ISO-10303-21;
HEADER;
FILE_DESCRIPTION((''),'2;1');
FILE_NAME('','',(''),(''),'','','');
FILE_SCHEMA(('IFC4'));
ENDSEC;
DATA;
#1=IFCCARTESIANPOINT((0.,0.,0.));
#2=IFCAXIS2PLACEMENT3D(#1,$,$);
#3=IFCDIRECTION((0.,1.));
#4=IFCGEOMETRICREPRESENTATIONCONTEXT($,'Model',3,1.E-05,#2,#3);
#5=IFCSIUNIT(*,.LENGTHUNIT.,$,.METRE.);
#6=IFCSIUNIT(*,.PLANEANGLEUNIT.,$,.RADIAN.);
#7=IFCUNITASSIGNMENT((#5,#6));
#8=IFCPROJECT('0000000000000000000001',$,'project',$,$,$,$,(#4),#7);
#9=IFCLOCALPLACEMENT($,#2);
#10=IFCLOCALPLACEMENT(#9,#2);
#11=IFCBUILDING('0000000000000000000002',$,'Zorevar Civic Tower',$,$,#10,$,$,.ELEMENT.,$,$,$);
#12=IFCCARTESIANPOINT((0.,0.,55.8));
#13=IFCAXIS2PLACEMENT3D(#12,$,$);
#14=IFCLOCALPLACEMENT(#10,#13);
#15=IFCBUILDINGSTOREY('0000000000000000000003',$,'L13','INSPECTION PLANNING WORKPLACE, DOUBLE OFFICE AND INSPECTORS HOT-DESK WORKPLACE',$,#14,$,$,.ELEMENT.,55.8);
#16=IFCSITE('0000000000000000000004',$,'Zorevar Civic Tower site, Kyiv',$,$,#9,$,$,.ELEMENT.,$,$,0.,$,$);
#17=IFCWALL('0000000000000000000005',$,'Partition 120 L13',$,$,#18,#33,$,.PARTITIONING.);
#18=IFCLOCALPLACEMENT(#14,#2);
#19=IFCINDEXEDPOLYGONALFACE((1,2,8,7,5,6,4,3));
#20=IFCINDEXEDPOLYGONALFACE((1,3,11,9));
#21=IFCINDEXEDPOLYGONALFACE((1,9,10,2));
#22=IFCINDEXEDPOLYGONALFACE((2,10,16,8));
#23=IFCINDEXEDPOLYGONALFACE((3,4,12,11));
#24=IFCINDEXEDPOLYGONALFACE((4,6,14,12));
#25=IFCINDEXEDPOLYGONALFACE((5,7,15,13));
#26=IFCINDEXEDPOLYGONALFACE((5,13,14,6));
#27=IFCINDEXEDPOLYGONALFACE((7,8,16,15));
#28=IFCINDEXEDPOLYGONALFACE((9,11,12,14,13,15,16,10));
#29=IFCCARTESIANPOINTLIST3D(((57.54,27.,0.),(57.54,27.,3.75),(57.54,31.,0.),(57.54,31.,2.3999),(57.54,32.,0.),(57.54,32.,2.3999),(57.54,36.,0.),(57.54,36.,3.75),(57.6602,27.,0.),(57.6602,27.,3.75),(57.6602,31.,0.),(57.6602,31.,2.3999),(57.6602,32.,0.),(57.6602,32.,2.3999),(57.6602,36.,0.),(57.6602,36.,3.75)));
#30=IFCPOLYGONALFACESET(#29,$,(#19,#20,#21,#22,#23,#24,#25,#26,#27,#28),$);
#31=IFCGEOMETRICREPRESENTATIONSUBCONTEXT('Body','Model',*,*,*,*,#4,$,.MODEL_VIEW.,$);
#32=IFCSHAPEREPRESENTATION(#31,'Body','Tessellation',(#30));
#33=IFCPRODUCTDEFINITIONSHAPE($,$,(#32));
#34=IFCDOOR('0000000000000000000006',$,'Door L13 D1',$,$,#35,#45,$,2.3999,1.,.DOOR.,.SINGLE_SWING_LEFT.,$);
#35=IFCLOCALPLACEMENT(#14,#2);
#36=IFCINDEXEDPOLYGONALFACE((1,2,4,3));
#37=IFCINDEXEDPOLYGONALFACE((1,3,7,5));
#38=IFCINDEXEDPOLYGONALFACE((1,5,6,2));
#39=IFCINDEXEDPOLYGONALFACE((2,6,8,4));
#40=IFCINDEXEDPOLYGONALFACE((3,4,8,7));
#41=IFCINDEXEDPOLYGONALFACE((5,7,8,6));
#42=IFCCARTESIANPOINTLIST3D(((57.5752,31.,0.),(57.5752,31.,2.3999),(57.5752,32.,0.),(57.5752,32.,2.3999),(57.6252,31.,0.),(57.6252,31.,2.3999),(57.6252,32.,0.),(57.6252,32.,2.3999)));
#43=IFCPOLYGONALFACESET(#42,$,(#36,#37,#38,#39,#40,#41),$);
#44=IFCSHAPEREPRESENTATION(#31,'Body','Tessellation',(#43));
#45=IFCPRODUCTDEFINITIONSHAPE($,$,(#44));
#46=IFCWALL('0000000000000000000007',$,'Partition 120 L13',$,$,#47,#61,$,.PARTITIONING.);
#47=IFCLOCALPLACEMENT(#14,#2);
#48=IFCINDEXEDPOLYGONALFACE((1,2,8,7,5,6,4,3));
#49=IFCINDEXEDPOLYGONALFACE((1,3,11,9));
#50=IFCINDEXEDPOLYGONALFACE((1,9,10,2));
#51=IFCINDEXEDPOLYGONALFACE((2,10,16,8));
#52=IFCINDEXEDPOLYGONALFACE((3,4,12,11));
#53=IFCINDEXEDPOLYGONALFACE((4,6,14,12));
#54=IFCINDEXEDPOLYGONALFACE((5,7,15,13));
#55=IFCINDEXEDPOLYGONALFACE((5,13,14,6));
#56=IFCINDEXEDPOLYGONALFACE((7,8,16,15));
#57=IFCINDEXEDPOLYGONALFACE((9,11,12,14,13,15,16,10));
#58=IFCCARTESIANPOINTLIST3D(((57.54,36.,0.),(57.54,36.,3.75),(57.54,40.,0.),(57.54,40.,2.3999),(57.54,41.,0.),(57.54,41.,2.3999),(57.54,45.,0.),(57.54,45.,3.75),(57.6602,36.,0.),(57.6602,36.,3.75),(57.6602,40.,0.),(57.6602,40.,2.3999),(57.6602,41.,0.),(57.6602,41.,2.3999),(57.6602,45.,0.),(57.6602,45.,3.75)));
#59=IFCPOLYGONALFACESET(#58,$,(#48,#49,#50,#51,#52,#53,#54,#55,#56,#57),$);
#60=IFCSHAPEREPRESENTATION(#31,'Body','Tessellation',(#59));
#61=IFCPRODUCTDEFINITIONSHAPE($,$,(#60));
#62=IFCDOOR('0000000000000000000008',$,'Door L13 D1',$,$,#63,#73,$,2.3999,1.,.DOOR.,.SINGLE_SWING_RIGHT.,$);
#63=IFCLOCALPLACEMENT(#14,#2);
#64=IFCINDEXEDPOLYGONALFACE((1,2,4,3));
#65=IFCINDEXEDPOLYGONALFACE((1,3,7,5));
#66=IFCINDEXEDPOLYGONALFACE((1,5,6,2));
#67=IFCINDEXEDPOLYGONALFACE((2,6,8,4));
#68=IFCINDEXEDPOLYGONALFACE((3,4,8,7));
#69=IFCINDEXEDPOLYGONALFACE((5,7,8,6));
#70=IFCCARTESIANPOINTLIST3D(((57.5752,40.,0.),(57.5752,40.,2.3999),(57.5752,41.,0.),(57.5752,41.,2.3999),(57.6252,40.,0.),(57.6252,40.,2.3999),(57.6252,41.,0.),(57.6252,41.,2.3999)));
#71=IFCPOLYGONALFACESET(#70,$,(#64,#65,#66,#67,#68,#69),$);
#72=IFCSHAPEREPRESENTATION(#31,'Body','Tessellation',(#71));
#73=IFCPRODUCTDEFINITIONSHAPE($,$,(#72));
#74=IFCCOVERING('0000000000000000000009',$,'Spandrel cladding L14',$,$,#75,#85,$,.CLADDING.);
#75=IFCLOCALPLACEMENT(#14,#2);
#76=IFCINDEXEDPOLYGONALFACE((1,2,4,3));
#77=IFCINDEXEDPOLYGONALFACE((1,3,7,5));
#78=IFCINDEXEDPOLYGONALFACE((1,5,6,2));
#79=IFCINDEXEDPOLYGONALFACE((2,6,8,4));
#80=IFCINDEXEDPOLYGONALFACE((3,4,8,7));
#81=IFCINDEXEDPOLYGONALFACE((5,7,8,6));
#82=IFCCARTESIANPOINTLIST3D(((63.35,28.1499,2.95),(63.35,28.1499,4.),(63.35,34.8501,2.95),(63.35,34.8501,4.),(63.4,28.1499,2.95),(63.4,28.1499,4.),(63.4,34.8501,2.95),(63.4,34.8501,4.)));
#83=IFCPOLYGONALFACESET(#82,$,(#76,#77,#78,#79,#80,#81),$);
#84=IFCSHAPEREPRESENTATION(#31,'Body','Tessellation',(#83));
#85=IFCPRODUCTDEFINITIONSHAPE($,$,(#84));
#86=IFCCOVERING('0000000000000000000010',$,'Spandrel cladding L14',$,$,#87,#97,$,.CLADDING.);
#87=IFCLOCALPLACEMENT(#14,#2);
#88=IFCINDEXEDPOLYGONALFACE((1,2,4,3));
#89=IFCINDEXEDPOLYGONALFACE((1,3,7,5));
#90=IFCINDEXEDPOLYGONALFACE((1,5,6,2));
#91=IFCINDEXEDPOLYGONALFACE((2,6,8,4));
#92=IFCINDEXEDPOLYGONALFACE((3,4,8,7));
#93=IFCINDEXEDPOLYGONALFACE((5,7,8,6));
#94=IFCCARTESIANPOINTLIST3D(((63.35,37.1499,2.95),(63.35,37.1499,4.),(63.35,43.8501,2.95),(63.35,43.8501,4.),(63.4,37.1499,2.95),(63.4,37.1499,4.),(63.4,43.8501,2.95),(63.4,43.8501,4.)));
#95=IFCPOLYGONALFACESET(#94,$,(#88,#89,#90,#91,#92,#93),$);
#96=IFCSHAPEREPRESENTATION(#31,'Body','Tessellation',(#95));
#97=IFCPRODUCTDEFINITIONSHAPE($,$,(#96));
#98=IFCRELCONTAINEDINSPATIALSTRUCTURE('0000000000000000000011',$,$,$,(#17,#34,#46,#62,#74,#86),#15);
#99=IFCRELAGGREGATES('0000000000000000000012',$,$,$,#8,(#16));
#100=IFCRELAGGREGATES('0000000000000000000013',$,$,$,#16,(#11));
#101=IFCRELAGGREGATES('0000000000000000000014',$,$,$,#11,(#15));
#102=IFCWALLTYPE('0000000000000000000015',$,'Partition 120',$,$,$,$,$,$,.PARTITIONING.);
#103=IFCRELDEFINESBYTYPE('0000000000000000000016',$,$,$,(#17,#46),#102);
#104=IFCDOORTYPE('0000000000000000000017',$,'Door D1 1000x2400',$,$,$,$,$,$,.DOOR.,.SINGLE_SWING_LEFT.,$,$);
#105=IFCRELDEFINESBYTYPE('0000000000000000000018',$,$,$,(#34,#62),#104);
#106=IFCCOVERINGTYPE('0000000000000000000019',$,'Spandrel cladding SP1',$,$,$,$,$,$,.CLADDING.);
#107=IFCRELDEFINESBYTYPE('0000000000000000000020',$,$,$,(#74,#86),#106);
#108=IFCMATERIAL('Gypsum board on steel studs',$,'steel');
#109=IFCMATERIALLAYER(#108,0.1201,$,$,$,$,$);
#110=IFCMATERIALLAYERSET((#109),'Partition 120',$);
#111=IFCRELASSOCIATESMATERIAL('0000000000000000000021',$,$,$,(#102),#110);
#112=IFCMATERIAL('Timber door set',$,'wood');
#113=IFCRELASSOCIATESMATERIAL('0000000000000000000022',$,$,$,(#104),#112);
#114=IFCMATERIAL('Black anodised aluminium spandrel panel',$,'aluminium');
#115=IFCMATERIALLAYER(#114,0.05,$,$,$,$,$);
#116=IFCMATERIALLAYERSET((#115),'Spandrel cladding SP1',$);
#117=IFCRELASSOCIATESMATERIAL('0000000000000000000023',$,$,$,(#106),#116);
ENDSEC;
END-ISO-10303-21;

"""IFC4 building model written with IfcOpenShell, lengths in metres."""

from ifc_helpers import new_model, si_unit, direction, frame, frame_2d, origin, place, context, subcontext, project, spatial, rectangle, extrude, material, layer, layer_set, type_object, element, fill, save


model = new_model("IFC4")

# Units and contexts
model_context = context("Model", 3, precision=1e-05, world=origin(), true_north=direction((0.0, 1.0)))
body_context = subcontext(model_context, "Body", "Model", "MODEL_VIEW")
ifc_project = project(units=[si_unit("LENGTHUNIT", "METRE"), si_unit("PLANEANGLEUNIT", "RADIAN")], contexts=[model_context])

# Site, building, storey
site_placement = place(None, origin())
site = spatial("IfcSite", under=ifc_project, at=site_placement, Name="Zorevar Civic Tower site, Kyiv", CompositionType="ELEMENT", RefElevation=0.0)
building_placement = place(site_placement, origin())
building = spatial("IfcBuilding", under=site, at=building_placement, Name="Zorevar Civic Tower", CompositionType="ELEMENT")
storey_placement = place(building_placement, frame((0.0, 0.0, 55.8)))
storey = spatial("IfcBuildingStorey", under=building, at=storey_placement, Name="L13", Description="INSPECTION PLANNING WORKPLACE, DOUBLE OFFICE AND INSPECTORS HOT-DESK WORKPLACE", CompositionType="ELEMENT", Elevation=55.8)

# Shared definitions
ifc_material_1 = material(Name="Gypsum board on steel studs", Category="steel")
ifc_layer_1 = layer(ifc_material_1, 0.1201)
ifc_layer_set_1 = layer_set([ifc_layer_1], Name="Partition 120")
wall_type_1 = type_object("IfcWallType", Name="Partition 120", PredefinedType="PARTITIONING", material=ifc_layer_set_1)

# Walls, openings, doors
wall_1_placement = place(storey_placement, frame((57.6001, 27.0, 0.0), z_axis=(0.0, 0.0, 1.0), x_axis=(0.0, 1.0, 0.0)))
wall_1 = element("IfcWall", 1, at=wall_1_placement, inside=storey, type_object=wall_type_1, Name="Partition 120 L13", PredefinedType="PARTITIONING", context=body_context, shape_type="SweptSolid", body=[
    extrude(rectangle(XDim=9.0, YDim=0.1201, at=frame_2d((4.5, 0.0))), origin(), (0.0, 0.0, 1.0), 3.75),
])
opening_1_placement = place(wall_1_placement, frame((4.0, 0.0, 0.0)))
opening_1 = element("IfcOpeningElement", 2, at=opening_1_placement, cuts=wall_1, PredefinedType="OPENING", context=body_context, shape_type="SweptSolid", body=[
    extrude(rectangle(XDim=1.0, YDim=2.3999, at=frame_2d((0.5, 1.2))), frame((0.0, 0.0701, 0.0), z_axis=(0.0, -1.0, 0.0), x_axis=(1.0, 0.0, 0.0)), (0.0, 0.0, 1.0), 0.1401),
])
ifc_material_2 = material(Name="Timber door set", Category="wood")
door_type = type_object("IfcDoorType", Name="Door D1 1000x2400", OperationType="SINGLE_SWING_LEFT", PredefinedType="DOOR", material=ifc_material_2)
door_1_placement = place(opening_1_placement, origin())
door_1 = element("IfcDoor", 3, at=door_1_placement, inside=storey, type_object=door_type, Name="Door L13 D1", OperationType="SINGLE_SWING_LEFT", OverallHeight=2.3999, OverallWidth=1.0, PredefinedType="DOOR", context=body_context, shape_type="SweptSolid", body=[
    extrude(rectangle(XDim=1.0, YDim=2.3999, at=frame_2d((0.5, 1.2))), frame((0.0, 0.0249, 0.0), z_axis=(0.0, -1.0, 0.0), x_axis=(1.0, 0.0, 0.0)), (0.0, 0.0, 1.0), 0.05),
])
fill(opening_1, door_1)
wall_2_placement = place(storey_placement, frame((57.6001, 36.0, 0.0), z_axis=(0.0, 0.0, 1.0), x_axis=(0.0, 1.0, 0.0)))
wall_2 = element("IfcWall", 4, at=wall_2_placement, inside=storey, type_object=wall_type_1, Name="Partition 120 L13", PredefinedType="PARTITIONING", context=body_context, shape_type="SweptSolid", body=[
    extrude(rectangle(XDim=9.0, YDim=0.1201, at=frame_2d((4.5, 0.0))), origin(), (0.0, 0.0, 1.0), 3.75),
])
opening_2_placement = place(wall_2_placement, frame((4.0, 0.0, 0.0)))
opening_2 = element("IfcOpeningElement", 5, at=opening_2_placement, cuts=wall_2, PredefinedType="OPENING", context=body_context, shape_type="SweptSolid", body=[
    extrude(rectangle(XDim=1.0, YDim=2.3999, at=frame_2d((0.5, 1.2))), frame((0.0, 0.0701, 0.0), z_axis=(0.0, -1.0, 0.0), x_axis=(1.0, 0.0, 0.0)), (0.0, 0.0, 1.0), 0.1401),
])
door_2_placement = place(opening_2_placement, origin())
door_2 = element("IfcDoor", 6, at=door_2_placement, inside=storey, type_object=door_type, Name="Door L13 D1", OperationType="SINGLE_SWING_RIGHT", OverallHeight=2.3999, OverallWidth=1.0, PredefinedType="DOOR", context=body_context, shape_type="SweptSolid", body=[
    extrude(rectangle(XDim=1.0, YDim=2.3999, at=frame_2d((0.5, 1.2))), frame((0.0, 0.0249, 0.0), z_axis=(0.0, -1.0, 0.0), x_axis=(1.0, 0.0, 0.0)), (0.0, 0.0, 1.0), 0.05),
])
fill(opening_2, door_2)

# Coverings
ifc_material_3 = material(Name="Black anodised aluminium spandrel panel", Category="aluminium")
ifc_layer_2 = layer(ifc_material_3, 0.05)
ifc_layer_set_2 = layer_set([ifc_layer_2], Name="Spandrel cladding SP1")
covering_type = type_object("IfcCoveringType", Name="Spandrel cladding SP1", PredefinedType="CLADDING", material=ifc_layer_set_2)
for number, where, z_axis, x_axis, name in (
    (7, (63.375, 28.1499, 2.95), (0.0, 0.0, 1.0), (0.0, 1.0, 0.0), "Spandrel cladding L14"),
    (8, (63.375, 37.1499, 2.95), (0.0, 0.0, 1.0), (0.0, 1.0, 0.0), "Spandrel cladding L14"),
):
    element("IfcCovering", number, at=place(storey_placement, frame(where, z_axis=z_axis, x_axis=x_axis)), inside=storey, type_object=covering_type, Name=name, PredefinedType="CLADDING", context=body_context, shape_type="SweptSolid", body=[
        extrude(rectangle(XDim=6.7002, YDim=0.05, at=frame_2d((3.3501, 0.0))), origin(), (0.0, 0.0, 1.0), 1.05),
    ])

save(model, "model.ifc")
